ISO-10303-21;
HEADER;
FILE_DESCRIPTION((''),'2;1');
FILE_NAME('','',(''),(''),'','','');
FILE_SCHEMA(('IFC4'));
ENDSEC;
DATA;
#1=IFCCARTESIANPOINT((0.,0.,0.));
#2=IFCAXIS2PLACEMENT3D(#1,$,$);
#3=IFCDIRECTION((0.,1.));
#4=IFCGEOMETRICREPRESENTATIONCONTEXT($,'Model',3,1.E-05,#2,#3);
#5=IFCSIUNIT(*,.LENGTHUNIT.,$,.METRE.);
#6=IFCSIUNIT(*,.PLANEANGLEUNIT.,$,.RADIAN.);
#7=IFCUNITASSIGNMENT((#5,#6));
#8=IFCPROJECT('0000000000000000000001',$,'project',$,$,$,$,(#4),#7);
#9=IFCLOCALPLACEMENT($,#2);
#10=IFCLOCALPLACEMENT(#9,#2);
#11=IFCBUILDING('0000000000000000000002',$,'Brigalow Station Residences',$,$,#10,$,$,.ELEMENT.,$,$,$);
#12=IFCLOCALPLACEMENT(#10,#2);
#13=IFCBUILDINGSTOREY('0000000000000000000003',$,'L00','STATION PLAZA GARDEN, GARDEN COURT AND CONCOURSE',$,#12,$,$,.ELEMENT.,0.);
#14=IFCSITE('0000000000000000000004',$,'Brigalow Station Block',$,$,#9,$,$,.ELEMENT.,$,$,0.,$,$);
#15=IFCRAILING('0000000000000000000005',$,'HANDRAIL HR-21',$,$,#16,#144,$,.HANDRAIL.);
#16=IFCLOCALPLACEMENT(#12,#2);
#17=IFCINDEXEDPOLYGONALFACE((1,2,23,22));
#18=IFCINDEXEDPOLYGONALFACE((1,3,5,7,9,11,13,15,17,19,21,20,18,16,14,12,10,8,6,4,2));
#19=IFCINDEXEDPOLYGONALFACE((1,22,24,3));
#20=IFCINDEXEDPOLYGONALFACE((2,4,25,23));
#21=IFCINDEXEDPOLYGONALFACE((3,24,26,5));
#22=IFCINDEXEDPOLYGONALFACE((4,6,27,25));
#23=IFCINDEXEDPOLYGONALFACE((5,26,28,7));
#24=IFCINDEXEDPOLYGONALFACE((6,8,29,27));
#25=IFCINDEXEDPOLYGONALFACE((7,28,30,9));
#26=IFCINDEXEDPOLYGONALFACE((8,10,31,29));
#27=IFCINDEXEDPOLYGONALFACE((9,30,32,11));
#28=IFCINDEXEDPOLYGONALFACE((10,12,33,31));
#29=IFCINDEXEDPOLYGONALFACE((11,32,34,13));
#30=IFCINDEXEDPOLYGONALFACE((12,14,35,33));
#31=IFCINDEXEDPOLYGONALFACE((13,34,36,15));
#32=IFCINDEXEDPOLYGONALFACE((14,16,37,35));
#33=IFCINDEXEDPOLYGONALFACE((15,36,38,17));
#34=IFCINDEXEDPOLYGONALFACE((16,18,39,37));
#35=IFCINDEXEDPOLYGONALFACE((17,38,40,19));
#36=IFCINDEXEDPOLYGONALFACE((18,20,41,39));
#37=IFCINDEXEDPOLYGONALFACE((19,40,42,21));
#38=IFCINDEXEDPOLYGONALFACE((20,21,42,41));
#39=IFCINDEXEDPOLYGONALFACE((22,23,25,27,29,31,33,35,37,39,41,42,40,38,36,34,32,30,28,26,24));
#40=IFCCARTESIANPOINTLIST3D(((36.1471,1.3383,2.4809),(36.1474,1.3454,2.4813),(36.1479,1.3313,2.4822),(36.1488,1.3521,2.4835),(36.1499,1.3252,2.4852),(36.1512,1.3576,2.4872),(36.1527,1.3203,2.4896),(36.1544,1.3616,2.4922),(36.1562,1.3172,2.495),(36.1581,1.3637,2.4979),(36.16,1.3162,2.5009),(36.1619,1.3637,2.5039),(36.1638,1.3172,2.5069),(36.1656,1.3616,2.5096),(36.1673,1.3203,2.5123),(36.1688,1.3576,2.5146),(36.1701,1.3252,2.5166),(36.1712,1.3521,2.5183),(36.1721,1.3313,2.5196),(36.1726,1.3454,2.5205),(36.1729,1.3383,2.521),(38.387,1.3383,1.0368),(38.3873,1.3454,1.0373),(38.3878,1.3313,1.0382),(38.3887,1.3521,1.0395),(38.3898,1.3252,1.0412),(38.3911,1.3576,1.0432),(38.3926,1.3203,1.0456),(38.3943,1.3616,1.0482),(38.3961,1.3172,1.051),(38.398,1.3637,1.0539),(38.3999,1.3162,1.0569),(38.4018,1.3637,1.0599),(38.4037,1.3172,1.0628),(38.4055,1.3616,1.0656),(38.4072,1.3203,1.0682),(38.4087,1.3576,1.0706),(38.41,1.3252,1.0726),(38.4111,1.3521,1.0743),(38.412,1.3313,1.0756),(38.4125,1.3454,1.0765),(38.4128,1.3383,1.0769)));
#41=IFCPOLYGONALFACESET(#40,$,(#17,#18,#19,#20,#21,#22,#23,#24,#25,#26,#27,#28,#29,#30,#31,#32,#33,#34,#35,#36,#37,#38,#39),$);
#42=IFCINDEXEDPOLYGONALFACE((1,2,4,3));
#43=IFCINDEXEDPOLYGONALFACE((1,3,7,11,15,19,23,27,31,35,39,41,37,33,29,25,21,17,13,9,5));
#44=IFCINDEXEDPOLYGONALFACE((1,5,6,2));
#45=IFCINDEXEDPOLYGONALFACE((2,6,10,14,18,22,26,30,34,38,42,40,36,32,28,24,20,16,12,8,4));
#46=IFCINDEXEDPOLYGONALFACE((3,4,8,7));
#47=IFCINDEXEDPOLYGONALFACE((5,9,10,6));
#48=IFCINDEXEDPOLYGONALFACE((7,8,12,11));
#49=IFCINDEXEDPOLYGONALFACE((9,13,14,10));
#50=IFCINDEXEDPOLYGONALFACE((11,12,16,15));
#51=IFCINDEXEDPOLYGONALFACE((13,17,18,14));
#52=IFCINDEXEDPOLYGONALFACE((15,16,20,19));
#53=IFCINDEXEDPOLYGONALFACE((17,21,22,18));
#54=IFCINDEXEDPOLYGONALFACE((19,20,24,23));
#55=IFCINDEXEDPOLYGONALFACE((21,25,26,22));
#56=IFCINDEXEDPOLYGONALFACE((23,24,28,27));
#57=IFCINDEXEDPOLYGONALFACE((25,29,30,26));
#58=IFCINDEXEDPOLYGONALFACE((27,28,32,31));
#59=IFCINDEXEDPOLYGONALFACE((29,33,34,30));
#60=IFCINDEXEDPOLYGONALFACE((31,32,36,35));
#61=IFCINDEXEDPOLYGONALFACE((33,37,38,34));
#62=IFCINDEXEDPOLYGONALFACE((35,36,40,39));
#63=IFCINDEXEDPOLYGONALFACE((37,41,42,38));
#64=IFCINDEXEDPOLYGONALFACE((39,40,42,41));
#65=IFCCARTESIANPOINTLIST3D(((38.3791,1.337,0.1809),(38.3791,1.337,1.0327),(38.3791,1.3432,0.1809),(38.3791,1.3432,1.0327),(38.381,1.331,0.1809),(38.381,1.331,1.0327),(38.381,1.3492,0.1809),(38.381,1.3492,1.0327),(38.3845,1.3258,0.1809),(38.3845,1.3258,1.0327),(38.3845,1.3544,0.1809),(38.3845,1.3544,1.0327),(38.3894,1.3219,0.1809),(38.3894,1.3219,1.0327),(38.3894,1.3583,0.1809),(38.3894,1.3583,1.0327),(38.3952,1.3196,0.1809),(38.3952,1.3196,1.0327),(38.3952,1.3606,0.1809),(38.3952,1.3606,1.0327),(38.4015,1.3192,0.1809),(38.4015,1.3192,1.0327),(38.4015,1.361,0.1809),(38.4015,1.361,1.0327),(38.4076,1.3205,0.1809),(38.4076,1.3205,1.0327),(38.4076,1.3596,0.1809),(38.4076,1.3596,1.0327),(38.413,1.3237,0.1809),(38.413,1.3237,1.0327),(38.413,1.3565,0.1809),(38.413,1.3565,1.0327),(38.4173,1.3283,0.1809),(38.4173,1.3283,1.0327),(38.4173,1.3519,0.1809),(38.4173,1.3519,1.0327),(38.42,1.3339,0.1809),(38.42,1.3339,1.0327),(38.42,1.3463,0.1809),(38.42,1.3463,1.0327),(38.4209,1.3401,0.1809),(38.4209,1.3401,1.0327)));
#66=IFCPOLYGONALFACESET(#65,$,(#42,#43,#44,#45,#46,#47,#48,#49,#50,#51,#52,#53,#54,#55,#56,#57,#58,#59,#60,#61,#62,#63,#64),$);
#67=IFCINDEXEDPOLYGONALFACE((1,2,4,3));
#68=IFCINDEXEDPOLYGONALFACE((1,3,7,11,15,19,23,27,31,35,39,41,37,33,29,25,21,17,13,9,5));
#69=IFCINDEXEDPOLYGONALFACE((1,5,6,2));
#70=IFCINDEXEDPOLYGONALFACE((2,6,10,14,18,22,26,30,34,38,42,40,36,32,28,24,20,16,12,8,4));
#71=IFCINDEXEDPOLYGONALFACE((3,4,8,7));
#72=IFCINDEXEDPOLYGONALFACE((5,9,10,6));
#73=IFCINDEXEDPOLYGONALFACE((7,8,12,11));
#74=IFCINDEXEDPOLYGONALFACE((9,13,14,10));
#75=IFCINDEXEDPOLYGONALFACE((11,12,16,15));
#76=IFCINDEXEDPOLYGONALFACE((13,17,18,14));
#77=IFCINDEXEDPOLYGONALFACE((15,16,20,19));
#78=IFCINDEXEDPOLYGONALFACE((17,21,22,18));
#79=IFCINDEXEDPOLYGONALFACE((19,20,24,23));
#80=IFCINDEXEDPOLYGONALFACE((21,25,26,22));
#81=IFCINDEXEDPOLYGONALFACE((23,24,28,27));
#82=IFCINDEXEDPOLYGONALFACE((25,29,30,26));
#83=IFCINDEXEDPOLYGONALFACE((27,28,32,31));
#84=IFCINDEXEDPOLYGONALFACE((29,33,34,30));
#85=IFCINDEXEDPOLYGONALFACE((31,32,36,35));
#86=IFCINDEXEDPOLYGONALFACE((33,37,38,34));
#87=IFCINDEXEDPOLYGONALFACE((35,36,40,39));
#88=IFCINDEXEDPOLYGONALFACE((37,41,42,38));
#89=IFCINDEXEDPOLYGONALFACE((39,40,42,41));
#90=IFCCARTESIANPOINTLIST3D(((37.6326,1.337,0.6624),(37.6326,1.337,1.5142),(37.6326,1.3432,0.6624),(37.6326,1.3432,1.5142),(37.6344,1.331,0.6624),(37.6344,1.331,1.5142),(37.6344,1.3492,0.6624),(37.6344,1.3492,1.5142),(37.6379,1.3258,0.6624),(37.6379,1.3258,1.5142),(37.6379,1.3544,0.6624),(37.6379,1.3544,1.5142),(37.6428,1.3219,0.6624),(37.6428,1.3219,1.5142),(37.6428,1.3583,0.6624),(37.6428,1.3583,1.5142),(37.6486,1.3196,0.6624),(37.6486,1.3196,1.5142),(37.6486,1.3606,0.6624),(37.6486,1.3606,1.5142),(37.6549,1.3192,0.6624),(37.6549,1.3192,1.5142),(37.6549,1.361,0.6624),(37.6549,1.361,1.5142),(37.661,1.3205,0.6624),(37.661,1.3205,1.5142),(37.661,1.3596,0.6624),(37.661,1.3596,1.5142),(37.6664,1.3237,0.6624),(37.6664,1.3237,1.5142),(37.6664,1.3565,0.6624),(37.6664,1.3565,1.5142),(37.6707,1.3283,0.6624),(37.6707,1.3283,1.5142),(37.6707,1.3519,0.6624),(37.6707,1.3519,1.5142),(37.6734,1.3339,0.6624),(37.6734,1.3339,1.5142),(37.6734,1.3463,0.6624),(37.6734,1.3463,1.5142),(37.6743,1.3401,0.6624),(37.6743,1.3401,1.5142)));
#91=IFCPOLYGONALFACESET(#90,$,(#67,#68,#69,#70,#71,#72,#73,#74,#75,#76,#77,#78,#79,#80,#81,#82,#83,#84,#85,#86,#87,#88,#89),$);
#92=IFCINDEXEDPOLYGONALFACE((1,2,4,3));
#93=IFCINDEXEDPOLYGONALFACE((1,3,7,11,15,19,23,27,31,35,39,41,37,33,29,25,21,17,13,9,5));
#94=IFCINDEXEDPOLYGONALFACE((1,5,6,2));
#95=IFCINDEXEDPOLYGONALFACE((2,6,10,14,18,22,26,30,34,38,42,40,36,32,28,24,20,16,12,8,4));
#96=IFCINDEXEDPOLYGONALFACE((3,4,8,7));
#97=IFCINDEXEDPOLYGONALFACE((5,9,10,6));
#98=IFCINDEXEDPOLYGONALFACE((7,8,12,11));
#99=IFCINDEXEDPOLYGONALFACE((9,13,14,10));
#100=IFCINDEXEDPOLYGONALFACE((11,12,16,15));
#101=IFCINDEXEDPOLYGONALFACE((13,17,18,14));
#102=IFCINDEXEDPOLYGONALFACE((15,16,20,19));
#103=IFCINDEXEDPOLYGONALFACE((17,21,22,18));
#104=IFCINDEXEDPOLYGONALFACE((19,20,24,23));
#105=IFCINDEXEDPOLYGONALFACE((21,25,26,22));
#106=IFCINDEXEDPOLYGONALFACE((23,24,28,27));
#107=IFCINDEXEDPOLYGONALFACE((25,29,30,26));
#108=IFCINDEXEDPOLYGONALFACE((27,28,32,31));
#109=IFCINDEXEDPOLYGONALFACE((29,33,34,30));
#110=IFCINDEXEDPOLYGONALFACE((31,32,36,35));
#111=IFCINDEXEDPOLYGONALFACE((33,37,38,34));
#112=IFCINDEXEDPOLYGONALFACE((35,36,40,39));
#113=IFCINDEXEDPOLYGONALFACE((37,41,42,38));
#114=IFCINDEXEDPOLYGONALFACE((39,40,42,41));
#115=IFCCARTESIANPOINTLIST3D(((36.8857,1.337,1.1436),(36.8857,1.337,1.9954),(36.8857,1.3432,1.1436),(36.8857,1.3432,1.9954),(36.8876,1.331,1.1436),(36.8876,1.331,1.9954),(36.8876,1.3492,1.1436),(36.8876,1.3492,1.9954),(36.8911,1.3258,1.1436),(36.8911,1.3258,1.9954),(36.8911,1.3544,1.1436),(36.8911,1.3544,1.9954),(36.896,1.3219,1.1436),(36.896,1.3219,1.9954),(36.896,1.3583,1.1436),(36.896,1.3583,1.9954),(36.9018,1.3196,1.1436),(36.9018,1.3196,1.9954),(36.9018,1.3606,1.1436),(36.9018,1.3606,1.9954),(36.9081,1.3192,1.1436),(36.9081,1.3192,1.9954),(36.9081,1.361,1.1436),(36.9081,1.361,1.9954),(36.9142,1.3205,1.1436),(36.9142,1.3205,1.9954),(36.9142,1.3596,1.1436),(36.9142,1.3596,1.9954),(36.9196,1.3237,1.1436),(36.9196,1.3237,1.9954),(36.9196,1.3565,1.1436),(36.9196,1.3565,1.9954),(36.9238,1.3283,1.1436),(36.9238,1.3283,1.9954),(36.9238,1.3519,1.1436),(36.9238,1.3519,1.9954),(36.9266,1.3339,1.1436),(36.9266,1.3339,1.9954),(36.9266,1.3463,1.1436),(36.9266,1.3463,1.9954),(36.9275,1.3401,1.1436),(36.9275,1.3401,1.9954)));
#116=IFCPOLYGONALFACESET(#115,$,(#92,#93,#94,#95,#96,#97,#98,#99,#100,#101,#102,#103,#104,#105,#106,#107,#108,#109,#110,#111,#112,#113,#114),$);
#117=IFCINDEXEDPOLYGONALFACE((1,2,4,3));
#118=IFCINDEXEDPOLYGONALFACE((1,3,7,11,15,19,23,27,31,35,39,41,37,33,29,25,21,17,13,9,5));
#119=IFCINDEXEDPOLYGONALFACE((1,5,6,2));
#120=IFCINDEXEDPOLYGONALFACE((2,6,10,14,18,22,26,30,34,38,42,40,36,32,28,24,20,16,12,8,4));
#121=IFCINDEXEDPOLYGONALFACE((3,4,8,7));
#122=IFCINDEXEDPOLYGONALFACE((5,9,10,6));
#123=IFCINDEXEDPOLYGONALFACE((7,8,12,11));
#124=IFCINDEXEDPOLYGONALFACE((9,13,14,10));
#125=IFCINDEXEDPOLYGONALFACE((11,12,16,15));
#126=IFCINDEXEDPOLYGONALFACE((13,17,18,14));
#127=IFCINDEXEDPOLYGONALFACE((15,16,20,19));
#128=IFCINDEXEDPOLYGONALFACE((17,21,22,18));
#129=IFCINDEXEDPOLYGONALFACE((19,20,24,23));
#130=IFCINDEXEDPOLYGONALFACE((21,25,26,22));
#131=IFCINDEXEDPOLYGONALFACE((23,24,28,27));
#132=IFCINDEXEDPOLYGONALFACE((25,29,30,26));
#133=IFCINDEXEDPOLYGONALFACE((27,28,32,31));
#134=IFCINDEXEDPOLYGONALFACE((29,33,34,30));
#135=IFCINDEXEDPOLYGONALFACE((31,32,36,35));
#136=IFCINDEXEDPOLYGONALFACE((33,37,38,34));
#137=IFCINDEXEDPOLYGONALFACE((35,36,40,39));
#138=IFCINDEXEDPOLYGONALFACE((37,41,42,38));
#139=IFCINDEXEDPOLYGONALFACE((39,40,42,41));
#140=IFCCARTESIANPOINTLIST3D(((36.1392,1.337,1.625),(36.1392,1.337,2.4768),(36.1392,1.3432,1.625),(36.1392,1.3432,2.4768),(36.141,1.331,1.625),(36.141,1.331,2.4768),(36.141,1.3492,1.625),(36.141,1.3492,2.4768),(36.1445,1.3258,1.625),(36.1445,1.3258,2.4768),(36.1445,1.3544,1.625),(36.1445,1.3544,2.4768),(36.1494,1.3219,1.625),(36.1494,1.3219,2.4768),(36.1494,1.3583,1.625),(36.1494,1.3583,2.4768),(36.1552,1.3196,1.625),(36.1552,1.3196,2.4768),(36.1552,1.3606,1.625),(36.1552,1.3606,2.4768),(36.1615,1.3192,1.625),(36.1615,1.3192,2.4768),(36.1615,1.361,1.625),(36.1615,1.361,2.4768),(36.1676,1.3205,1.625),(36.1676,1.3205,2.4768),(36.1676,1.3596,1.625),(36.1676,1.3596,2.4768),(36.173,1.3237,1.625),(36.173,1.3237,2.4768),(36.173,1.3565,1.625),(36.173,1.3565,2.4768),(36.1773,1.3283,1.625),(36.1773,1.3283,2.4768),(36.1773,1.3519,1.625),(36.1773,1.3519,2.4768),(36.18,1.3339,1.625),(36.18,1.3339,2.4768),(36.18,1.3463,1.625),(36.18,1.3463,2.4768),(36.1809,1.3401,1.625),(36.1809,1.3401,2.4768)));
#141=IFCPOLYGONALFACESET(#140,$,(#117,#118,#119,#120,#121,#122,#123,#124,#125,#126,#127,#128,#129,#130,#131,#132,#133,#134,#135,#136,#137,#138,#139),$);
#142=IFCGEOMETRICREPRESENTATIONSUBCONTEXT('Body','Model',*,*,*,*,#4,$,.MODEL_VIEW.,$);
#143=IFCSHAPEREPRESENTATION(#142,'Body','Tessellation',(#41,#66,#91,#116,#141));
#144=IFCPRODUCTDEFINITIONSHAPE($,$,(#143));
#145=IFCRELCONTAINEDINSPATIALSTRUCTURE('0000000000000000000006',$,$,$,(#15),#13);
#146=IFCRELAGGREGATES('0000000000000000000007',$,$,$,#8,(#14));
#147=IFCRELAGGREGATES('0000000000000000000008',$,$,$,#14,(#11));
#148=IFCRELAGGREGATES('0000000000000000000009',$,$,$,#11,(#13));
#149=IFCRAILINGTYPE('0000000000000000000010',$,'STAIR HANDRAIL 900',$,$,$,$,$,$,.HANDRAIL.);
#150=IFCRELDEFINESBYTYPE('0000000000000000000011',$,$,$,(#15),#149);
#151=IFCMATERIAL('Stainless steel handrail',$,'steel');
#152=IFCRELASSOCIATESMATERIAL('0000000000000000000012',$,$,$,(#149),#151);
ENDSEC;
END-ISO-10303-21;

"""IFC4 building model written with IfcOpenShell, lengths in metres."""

from ifc_helpers import new_model, si_unit, direction, frame, origin, origin_2d, place, context, subcontext, project, spatial, circle, extrude, material, type_object, element, save


model = new_model("IFC4")

# Units and contexts
model_context = context("Model", 3, precision=1e-05, world=origin(), true_north=direction((0.0, 1.0)))
body_context = subcontext(model_context, "Body", "Model", "MODEL_VIEW")
ifc_project = project(units=[si_unit("LENGTHUNIT", "METRE"), si_unit("PLANEANGLEUNIT", "RADIAN")], contexts=[model_context])

# Site, building, storey
site_placement = place(None, origin())
site = spatial("IfcSite", under=ifc_project, at=site_placement, Name="Brigalow Station Block", CompositionType="ELEMENT", RefElevation=0.0)
building_placement = place(site_placement, origin())
building = spatial("IfcBuilding", under=site, at=building_placement, Name="Brigalow Station Residences", CompositionType="ELEMENT")
storey_placement = place(building_placement, origin())
storey = spatial("IfcBuildingStorey", under=building, at=storey_placement, Name="L00", Description="STATION PLAZA GARDEN, GARDEN COURT AND CONCOURSE", CompositionType="ELEMENT", Elevation=0.0)

# Railing
ifc_material_1 = material(Name="Stainless steel handrail", Category="steel")
railing_type_1 = type_object("IfcRailingType", Name="STAIR HANDRAIL 900", PredefinedType="HANDRAIL", material=ifc_material_1)
railing_1_placement = place(storey_placement, frame((38.3999, 1.3401, 0.1809)))
element("IfcRailing", 1, at=railing_1_placement, inside=storey, type_object=railing_type_1, Name="HANDRAIL HR-21", PredefinedType="HANDRAIL", context=body_context, shape_type="SweptSolid", body=[
    extrude(circle(Radius=0.0239, at=origin_2d()), frame((0.0, 0.0, 0.876), z_axis=(-0.840478, 0.0, 0.541845), x_axis=(0.0, -1.0, 0.0)), (0.0, 0.0, 1.0), 2.665),
    extrude(circle(Radius=0.021, at=origin_2d()), origin(), (0.0, 0.0, 1.0), 0.8518),
    extrude(circle(Radius=0.021, at=origin_2d()), frame((-0.7466, 0.0, 0.4814)), (0.0, 0.0, 1.0), 0.8518),
    extrude(circle(Radius=0.021, at=origin_2d()), frame((-1.4934, 0.0, 0.9626)), (0.0, 0.0, 1.0), 0.8518),
    extrude(circle(Radius=0.021, at=origin_2d()), frame((-2.24, 0.0, 1.4441)), (0.0, 0.0, 1.0), 0.8518),
])

save(model, "model.ifc")
